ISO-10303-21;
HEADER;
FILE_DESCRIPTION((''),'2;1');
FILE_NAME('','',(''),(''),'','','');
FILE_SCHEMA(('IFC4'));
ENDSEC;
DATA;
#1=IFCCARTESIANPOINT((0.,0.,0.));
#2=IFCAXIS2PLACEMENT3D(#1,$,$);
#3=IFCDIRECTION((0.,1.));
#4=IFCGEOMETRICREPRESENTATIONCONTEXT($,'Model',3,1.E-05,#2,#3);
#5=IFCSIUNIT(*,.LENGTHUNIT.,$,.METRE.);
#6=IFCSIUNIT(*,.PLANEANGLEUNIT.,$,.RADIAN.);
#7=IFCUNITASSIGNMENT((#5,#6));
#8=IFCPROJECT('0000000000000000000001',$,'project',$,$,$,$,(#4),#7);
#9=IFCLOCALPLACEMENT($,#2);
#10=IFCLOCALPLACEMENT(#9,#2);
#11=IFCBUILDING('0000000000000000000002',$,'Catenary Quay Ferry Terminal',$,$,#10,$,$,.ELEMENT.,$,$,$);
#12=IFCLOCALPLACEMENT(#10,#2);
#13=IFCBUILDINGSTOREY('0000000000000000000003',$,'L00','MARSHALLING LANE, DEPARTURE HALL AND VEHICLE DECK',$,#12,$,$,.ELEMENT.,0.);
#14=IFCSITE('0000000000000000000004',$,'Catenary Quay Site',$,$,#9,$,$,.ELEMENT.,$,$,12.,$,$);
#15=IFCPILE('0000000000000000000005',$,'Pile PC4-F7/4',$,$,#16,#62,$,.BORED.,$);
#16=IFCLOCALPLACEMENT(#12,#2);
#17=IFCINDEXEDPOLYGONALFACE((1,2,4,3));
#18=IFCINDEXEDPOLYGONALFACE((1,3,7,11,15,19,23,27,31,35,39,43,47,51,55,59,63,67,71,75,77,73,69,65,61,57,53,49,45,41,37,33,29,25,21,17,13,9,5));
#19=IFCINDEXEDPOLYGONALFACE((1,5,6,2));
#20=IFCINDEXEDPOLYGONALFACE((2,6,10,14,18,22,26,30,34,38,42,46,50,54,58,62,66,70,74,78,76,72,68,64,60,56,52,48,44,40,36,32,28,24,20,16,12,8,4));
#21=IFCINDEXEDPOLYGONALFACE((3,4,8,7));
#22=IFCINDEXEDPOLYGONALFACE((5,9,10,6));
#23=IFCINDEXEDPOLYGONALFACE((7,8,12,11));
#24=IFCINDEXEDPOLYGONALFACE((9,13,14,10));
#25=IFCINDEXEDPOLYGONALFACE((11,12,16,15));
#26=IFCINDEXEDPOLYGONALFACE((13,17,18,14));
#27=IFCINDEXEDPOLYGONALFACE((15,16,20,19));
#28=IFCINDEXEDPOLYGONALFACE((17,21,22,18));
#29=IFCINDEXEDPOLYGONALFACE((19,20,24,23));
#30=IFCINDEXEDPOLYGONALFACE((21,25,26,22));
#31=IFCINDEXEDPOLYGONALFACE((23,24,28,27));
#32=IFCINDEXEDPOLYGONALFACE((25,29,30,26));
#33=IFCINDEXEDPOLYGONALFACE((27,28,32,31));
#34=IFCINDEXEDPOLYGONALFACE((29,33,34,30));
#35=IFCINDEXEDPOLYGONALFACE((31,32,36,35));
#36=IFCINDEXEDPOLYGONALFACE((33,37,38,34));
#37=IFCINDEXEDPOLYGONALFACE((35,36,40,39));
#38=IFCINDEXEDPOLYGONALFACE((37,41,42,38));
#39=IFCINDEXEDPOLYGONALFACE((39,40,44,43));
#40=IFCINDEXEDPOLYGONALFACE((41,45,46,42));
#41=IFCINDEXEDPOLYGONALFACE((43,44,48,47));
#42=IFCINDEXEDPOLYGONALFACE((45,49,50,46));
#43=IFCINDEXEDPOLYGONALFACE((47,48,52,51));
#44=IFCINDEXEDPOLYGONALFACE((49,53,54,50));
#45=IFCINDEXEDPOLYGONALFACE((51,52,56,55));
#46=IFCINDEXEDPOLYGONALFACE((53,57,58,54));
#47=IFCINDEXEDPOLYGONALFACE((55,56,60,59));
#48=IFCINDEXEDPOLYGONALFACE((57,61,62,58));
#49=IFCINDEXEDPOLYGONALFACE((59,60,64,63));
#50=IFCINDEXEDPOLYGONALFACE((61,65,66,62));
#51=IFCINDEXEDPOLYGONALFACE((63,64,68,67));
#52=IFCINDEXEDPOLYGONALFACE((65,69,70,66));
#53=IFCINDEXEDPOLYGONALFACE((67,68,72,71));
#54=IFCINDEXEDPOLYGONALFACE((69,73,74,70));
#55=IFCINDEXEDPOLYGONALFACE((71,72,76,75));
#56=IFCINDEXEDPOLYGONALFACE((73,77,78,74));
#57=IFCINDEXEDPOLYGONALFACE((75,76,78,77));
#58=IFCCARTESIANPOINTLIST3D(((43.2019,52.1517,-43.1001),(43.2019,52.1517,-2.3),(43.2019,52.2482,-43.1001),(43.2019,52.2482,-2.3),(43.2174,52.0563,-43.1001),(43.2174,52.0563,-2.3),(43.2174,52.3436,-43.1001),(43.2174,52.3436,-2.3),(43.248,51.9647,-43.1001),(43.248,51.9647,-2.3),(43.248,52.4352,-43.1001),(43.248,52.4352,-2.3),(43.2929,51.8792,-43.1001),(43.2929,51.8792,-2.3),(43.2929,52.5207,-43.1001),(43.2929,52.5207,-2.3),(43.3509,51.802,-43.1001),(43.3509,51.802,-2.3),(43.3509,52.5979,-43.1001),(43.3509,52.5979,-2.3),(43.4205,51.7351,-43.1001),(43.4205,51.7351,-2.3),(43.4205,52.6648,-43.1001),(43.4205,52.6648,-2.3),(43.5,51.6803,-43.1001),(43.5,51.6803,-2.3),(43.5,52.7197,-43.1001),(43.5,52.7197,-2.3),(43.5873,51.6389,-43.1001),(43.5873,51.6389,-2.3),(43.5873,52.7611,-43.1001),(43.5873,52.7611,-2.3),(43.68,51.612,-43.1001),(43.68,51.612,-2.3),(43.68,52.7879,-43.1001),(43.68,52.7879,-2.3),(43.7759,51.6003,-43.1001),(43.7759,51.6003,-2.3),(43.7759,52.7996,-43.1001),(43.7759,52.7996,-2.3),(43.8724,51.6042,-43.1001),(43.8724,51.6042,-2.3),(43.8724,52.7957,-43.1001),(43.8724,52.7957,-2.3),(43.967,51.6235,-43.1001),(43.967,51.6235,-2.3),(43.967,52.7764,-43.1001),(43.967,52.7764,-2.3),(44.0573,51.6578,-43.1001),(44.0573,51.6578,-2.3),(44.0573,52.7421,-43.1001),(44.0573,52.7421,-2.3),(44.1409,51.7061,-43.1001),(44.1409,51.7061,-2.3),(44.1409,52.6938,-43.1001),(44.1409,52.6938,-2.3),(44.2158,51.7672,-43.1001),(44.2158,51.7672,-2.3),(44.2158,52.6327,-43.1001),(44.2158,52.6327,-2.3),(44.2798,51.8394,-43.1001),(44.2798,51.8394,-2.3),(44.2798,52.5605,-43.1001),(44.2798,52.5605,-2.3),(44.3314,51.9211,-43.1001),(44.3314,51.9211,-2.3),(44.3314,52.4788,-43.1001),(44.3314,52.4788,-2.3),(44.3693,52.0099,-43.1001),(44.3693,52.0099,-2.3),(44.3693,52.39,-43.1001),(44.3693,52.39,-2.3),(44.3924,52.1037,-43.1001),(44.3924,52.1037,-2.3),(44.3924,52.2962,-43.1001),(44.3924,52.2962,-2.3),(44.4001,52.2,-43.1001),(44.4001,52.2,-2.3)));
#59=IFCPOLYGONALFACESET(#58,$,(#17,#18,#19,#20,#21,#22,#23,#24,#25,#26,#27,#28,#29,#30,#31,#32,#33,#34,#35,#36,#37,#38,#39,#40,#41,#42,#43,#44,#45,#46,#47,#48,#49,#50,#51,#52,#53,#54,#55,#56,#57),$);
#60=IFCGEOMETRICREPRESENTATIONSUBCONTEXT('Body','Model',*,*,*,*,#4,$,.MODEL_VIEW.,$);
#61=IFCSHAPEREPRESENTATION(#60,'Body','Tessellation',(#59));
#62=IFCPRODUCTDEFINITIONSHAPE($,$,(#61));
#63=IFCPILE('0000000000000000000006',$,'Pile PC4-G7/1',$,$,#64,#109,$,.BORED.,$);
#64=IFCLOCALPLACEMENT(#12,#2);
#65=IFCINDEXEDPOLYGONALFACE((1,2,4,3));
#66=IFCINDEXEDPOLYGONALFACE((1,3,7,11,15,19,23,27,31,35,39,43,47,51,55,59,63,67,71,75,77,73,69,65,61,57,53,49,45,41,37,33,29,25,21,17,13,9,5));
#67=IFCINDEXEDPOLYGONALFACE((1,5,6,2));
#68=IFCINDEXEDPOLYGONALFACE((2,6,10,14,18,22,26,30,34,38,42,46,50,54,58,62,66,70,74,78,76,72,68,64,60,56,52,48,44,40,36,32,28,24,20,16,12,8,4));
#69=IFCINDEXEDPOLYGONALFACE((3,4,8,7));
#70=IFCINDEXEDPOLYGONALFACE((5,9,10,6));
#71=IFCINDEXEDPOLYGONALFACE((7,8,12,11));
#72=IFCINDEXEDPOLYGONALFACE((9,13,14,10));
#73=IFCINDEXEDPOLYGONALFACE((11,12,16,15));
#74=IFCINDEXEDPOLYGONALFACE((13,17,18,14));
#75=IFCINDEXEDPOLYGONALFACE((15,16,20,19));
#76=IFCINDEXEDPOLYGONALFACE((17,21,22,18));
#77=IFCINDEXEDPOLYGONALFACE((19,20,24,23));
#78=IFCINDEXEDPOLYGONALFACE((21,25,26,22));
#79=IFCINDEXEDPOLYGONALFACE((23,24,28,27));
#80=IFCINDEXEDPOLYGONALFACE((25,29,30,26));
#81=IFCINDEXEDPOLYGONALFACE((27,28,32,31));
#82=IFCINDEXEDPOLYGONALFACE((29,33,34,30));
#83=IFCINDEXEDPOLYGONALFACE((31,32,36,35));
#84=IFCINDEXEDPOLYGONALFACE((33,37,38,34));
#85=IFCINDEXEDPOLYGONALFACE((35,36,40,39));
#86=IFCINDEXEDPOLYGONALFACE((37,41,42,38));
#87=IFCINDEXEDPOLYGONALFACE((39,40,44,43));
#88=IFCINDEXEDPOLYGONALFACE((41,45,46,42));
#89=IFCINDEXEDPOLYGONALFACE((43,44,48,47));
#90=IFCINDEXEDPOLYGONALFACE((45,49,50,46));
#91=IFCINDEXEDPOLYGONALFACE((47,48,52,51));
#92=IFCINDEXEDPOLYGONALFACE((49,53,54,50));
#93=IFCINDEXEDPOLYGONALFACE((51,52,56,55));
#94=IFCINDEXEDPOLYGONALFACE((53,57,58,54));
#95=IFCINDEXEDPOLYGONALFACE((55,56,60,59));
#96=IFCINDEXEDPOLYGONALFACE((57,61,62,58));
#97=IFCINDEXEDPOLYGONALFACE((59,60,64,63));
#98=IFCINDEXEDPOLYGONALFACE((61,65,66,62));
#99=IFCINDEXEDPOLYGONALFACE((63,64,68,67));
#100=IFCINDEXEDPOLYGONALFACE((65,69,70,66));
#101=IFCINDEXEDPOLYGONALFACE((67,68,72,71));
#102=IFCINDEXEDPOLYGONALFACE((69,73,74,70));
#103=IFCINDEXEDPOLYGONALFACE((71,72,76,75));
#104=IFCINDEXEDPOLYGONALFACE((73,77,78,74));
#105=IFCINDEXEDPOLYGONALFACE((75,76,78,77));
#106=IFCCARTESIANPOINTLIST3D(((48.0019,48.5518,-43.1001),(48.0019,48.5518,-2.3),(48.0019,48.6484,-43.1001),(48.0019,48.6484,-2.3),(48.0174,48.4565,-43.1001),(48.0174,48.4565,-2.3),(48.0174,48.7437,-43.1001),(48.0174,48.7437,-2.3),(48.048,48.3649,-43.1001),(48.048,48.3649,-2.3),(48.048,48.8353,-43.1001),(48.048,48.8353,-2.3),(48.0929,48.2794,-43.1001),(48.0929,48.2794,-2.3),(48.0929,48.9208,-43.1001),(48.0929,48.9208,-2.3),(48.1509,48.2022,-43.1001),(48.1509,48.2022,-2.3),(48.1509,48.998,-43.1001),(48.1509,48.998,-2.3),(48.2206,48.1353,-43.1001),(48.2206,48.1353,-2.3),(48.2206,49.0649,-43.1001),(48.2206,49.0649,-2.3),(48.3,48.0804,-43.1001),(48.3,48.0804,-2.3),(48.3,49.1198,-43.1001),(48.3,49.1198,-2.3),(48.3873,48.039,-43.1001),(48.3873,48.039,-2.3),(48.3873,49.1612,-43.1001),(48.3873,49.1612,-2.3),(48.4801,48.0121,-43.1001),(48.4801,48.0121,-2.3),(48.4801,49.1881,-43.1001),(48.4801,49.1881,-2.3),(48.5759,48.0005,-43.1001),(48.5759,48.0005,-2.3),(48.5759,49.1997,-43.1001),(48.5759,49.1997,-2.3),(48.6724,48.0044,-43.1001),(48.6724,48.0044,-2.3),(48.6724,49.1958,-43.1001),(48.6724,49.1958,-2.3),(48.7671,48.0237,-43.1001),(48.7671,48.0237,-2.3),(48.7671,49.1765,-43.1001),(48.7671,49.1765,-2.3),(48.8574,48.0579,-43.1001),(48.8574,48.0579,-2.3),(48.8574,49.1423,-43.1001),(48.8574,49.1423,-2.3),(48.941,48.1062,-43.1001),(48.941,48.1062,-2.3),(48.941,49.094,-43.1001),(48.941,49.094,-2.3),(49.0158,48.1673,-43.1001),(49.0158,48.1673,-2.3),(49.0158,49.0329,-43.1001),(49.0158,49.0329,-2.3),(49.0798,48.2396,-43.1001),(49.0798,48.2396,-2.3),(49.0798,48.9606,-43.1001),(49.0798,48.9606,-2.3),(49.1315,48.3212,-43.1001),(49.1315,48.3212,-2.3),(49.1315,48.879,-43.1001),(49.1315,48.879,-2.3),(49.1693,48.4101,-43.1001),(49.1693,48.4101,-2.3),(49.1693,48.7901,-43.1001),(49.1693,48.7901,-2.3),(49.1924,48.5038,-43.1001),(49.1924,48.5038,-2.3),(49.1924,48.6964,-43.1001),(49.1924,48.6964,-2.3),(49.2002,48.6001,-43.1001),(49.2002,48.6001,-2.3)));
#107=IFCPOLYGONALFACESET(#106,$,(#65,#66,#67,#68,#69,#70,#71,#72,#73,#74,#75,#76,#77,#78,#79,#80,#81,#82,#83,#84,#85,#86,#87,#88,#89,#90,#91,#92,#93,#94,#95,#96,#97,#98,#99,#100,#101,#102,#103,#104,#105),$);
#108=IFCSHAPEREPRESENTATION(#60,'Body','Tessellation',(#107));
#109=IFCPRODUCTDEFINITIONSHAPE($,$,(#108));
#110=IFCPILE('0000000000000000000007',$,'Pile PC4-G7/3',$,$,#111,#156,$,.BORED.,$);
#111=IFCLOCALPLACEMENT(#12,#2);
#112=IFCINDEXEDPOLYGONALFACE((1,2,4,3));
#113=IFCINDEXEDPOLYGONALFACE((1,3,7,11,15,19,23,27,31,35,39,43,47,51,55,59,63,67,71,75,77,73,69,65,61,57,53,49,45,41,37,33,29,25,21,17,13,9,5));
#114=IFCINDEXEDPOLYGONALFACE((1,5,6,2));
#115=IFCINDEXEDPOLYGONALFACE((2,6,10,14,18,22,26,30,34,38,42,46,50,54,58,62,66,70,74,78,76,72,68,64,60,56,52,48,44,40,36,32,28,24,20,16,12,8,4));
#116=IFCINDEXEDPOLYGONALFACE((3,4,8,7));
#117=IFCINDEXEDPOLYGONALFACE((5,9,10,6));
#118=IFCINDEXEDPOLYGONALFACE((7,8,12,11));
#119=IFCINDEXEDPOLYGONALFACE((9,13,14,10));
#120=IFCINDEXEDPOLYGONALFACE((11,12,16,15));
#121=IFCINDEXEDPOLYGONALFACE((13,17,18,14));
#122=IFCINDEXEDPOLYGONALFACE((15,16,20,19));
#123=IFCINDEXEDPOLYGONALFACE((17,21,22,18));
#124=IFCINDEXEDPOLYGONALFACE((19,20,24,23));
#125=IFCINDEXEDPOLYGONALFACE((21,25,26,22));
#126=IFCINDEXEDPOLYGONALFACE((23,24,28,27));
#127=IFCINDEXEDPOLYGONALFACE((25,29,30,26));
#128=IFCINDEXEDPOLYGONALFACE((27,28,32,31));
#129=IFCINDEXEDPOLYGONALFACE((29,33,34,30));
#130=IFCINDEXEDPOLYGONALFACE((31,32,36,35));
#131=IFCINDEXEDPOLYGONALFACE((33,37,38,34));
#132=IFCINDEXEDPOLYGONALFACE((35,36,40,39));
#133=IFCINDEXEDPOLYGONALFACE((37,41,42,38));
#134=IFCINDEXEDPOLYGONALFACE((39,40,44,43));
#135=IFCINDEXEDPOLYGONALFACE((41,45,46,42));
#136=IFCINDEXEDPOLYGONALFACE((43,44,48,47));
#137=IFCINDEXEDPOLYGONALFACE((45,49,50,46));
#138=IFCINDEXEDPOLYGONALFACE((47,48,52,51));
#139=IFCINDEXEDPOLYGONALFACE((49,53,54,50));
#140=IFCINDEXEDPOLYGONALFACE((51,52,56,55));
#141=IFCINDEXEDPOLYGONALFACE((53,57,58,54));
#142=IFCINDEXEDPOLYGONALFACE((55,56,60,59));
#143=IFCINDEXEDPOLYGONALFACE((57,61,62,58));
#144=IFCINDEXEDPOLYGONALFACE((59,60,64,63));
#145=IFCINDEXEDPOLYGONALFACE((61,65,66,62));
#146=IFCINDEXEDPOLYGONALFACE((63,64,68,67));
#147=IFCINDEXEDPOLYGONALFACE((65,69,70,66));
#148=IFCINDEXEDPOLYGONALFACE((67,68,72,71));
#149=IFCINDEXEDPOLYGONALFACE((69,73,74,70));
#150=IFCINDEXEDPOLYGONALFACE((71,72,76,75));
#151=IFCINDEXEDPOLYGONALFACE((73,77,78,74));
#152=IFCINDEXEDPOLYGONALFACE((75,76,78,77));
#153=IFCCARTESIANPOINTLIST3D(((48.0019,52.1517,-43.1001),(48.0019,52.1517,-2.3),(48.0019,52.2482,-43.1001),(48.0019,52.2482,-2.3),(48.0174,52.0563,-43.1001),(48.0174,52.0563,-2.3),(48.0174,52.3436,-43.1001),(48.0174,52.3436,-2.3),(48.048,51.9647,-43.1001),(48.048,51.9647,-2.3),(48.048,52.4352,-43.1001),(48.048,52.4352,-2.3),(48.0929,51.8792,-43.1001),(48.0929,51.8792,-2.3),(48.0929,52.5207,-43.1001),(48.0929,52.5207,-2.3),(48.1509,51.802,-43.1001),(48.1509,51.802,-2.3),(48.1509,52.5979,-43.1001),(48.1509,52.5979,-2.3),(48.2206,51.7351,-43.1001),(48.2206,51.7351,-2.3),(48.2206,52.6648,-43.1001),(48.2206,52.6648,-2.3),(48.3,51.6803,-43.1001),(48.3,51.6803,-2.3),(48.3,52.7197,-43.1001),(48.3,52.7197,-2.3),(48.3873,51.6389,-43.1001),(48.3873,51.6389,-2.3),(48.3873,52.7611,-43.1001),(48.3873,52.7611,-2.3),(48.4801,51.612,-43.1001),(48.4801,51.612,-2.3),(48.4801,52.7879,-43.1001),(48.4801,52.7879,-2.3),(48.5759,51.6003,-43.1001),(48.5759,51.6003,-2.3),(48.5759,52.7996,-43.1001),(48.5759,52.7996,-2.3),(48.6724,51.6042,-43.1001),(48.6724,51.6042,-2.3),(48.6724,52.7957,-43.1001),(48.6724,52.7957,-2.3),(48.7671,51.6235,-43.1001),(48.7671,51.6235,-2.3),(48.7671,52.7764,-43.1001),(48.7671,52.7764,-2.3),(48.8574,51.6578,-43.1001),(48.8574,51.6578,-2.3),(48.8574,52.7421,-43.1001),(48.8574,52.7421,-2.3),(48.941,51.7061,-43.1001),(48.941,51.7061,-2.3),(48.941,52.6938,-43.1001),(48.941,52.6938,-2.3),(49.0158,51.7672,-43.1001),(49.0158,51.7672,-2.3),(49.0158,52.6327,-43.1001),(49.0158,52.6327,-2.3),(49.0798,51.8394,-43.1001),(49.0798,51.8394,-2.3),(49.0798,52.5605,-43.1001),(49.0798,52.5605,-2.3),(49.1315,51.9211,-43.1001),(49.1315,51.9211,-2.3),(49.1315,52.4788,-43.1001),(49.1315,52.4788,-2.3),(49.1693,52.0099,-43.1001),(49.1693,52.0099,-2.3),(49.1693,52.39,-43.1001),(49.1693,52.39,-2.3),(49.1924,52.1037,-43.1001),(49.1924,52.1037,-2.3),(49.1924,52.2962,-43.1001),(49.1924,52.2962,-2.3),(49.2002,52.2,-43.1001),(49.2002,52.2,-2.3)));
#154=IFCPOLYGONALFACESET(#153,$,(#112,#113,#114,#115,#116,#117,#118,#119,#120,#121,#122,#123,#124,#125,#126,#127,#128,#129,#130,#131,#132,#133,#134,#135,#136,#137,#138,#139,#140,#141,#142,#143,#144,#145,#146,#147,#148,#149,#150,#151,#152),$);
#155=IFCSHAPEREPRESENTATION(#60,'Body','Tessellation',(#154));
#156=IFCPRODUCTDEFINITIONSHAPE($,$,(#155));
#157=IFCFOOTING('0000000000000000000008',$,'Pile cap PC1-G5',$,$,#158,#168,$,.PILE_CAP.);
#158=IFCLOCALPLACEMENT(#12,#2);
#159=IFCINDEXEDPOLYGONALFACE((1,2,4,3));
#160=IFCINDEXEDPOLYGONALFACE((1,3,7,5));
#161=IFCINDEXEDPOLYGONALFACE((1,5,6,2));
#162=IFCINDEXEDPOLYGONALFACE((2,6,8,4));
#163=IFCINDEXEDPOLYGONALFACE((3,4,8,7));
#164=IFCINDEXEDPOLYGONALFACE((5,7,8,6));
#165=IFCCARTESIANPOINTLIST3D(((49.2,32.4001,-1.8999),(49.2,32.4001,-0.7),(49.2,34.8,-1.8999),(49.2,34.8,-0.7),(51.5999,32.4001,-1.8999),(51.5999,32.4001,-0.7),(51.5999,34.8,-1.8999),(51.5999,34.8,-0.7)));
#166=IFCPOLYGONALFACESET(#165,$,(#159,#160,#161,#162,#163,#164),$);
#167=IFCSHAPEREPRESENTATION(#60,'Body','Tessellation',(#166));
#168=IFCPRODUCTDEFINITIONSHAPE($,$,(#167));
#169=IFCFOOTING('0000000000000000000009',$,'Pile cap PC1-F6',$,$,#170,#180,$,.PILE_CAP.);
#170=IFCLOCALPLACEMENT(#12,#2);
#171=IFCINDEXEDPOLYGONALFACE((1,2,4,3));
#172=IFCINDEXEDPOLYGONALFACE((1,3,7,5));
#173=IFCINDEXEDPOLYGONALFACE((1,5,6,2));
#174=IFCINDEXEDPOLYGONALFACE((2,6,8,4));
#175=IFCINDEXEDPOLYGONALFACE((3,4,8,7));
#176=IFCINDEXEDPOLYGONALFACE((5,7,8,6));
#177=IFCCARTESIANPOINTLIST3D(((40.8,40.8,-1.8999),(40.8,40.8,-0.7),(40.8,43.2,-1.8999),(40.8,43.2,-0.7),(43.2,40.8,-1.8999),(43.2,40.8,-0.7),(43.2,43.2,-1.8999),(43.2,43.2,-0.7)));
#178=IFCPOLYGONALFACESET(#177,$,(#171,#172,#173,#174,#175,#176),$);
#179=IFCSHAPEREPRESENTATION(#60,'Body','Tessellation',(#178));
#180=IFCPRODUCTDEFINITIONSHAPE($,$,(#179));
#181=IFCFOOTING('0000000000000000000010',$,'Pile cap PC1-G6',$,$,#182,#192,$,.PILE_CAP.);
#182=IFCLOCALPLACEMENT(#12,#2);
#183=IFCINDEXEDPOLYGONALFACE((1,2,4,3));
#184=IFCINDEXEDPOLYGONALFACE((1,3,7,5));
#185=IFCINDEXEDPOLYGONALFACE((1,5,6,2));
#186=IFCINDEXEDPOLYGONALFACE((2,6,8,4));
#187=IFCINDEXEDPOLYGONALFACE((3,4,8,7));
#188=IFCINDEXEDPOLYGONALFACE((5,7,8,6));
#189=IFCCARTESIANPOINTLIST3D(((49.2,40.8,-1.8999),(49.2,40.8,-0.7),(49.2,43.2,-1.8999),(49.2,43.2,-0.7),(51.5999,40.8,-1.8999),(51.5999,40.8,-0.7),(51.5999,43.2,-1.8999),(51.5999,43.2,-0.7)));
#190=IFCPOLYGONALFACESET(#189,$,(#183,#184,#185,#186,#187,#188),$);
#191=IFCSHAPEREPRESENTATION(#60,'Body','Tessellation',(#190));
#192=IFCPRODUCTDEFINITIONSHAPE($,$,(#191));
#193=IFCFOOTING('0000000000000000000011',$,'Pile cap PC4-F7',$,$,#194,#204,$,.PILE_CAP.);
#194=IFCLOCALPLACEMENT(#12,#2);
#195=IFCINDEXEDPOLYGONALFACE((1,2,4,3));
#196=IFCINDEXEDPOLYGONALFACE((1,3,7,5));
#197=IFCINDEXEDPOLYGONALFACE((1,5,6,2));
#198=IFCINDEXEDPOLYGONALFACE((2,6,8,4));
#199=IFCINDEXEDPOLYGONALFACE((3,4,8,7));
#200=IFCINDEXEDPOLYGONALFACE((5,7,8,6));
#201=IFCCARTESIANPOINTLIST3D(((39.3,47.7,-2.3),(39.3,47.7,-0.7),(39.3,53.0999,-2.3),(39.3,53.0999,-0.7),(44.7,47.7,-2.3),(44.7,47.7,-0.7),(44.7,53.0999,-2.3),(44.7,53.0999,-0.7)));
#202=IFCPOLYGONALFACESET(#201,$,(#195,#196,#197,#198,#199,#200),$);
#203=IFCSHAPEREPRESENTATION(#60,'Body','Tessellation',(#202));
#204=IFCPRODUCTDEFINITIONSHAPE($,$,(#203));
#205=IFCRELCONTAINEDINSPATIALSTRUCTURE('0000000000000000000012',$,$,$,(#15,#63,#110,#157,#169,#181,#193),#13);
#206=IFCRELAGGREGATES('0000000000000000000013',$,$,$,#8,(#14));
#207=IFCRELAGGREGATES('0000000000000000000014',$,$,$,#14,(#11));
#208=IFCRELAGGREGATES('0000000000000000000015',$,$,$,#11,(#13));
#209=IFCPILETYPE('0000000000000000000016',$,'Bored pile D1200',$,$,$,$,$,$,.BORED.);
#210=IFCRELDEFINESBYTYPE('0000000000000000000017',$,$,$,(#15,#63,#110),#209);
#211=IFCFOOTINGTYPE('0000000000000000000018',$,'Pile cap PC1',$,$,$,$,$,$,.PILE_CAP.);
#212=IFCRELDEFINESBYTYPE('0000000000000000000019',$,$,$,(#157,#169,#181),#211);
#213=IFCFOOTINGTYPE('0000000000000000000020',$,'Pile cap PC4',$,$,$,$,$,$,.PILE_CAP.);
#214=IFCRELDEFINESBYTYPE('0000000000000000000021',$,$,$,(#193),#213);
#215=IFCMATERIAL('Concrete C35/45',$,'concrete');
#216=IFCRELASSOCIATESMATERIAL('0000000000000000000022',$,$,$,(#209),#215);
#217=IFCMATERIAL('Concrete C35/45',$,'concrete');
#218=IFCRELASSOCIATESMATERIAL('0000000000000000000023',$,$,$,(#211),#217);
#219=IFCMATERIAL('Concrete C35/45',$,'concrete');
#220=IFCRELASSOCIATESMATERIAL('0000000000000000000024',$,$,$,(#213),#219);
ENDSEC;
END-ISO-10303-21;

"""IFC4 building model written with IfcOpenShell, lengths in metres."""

from ifc_helpers import new_model, si_unit, direction, frame, origin, origin_2d, place, context, subcontext, project, spatial, rectangle, circle, extrude, material, material_profile, profile_set, type_object, element, save


model = new_model("IFC4")

# Units and contexts
model_context = context("Model", 3, precision=1e-05, world=origin(), true_north=direction((0.0, 1.0)))
body_context = subcontext(model_context, "Body", "Model", "MODEL_VIEW")
ifc_project = project(units=[si_unit("LENGTHUNIT", "METRE"), si_unit("PLANEANGLEUNIT", "RADIAN")], contexts=[model_context])

# Site, building, storey
site_placement = place(None, origin())
site = spatial("IfcSite", under=ifc_project, at=site_placement, Name="Catenary Quay Site", CompositionType="ELEMENT", RefElevation=12.0)
building_placement = place(site_placement, origin())
building = spatial("IfcBuilding", under=site, at=building_placement, Name="Catenary Quay Ferry Terminal", CompositionType="ELEMENT")
storey_placement = place(building_placement, origin())
storey = spatial("IfcBuildingStorey", under=building, at=storey_placement, Name="L00", Description="MARSHALLING LANE, DEPARTURE HALL AND VEHICLE DECK", CompositionType="ELEMENT", Elevation=0.0)

# Piles
ifc_material_1 = material(Name="Concrete C35/45", Category="concrete")
ifc_material_profile_1 = material_profile(ifc_material_1, circle(Radius=0.6001, at=origin_2d()), Name="D1200")
ifc_profile_set_1 = profile_set([ifc_material_profile_1], Name="Concrete C35/45")
pile_type = type_object("IfcPileType", Name="Bored pile D1200", PredefinedType="BORED", material=ifc_profile_set_1)
for number, where, z_axis, x_axis, name in (
    (1, (43.8, 52.2, -2.3), (0.0, 0.0, -1.0), (1.0, 0.0, 0.0), "Pile PC4-F7/4"),
    (2, (48.6001, 48.6001, -2.3), (0.0, 0.0, -1.0), (1.0, 0.0, 0.0), "Pile PC4-G7/1"),
    (3, (48.6001, 52.2, -2.3), (0.0, 0.0, -1.0), (1.0, 0.0, 0.0), "Pile PC4-G7/3"),
):
    element("IfcPile", number, at=place(storey_placement, frame(where, z_axis=z_axis, x_axis=x_axis)), inside=storey, type_object=pile_type, Name=name, PredefinedType="BORED", context=body_context, shape_type="SweptSolid", body=[
        extrude(circle(Radius=0.6001, at=origin_2d()), origin(), (0.0, 0.0, 1.0), 40.8),
    ])

# Footings
ifc_material_2 = material(Name="Concrete C35/45", Category="concrete")
footing_type_1 = type_object("IfcFootingType", Name="Pile cap PC1", PredefinedType="PILE_CAP", material=ifc_material_2)
for number, where, z_axis, x_axis, name in (
    (4, (50.3999, 33.6001, -1.8999), (0.0, 0.0, 1.0), (1.0, 0.0, 0.0), "Pile cap PC1-G5"),
    (5, (42.0, 42.0, -1.8999), (0.0, 0.0, 1.0), (1.0, 0.0, 0.0), "Pile cap PC1-F6"),
    (6, (50.3999, 42.0, -1.8999), (0.0, 0.0, 1.0), (1.0, 0.0, 0.0), "Pile cap PC1-G6"),
):
    element("IfcFooting", number, at=place(storey_placement, frame(where, z_axis=z_axis, x_axis=x_axis)), inside=storey, type_object=footing_type_1, Name=name, PredefinedType="PILE_CAP", context=body_context, shape_type="SweptSolid", body=[
        extrude(rectangle(XDim=2.3999, YDim=2.3999, at=origin_2d()), origin(), (0.0, 0.0, 1.0), 1.2),
    ])
ifc_material_3 = material(Name="Concrete C35/45", Category="concrete")
footing_type_2 = type_object("IfcFootingType", Name="Pile cap PC4", PredefinedType="PILE_CAP", material=ifc_material_3)
for number, where, z_axis, x_axis, name in (
    (7, (42.0, 50.3999, -2.3), (0.0, 0.0, 1.0), (1.0, 0.0, 0.0), "Pile cap PC4-F7"),
):
    element("IfcFooting", number, at=place(storey_placement, frame(where, z_axis=z_axis, x_axis=x_axis)), inside=storey, type_object=footing_type_2, Name=name, PredefinedType="PILE_CAP", context=body_context, shape_type="SweptSolid", body=[
        extrude(rectangle(XDim=5.3999, YDim=5.3999, at=origin_2d()), origin(), (0.0, 0.0, 1.0), 1.6001),
    ])

save(model, "model.ifc")
